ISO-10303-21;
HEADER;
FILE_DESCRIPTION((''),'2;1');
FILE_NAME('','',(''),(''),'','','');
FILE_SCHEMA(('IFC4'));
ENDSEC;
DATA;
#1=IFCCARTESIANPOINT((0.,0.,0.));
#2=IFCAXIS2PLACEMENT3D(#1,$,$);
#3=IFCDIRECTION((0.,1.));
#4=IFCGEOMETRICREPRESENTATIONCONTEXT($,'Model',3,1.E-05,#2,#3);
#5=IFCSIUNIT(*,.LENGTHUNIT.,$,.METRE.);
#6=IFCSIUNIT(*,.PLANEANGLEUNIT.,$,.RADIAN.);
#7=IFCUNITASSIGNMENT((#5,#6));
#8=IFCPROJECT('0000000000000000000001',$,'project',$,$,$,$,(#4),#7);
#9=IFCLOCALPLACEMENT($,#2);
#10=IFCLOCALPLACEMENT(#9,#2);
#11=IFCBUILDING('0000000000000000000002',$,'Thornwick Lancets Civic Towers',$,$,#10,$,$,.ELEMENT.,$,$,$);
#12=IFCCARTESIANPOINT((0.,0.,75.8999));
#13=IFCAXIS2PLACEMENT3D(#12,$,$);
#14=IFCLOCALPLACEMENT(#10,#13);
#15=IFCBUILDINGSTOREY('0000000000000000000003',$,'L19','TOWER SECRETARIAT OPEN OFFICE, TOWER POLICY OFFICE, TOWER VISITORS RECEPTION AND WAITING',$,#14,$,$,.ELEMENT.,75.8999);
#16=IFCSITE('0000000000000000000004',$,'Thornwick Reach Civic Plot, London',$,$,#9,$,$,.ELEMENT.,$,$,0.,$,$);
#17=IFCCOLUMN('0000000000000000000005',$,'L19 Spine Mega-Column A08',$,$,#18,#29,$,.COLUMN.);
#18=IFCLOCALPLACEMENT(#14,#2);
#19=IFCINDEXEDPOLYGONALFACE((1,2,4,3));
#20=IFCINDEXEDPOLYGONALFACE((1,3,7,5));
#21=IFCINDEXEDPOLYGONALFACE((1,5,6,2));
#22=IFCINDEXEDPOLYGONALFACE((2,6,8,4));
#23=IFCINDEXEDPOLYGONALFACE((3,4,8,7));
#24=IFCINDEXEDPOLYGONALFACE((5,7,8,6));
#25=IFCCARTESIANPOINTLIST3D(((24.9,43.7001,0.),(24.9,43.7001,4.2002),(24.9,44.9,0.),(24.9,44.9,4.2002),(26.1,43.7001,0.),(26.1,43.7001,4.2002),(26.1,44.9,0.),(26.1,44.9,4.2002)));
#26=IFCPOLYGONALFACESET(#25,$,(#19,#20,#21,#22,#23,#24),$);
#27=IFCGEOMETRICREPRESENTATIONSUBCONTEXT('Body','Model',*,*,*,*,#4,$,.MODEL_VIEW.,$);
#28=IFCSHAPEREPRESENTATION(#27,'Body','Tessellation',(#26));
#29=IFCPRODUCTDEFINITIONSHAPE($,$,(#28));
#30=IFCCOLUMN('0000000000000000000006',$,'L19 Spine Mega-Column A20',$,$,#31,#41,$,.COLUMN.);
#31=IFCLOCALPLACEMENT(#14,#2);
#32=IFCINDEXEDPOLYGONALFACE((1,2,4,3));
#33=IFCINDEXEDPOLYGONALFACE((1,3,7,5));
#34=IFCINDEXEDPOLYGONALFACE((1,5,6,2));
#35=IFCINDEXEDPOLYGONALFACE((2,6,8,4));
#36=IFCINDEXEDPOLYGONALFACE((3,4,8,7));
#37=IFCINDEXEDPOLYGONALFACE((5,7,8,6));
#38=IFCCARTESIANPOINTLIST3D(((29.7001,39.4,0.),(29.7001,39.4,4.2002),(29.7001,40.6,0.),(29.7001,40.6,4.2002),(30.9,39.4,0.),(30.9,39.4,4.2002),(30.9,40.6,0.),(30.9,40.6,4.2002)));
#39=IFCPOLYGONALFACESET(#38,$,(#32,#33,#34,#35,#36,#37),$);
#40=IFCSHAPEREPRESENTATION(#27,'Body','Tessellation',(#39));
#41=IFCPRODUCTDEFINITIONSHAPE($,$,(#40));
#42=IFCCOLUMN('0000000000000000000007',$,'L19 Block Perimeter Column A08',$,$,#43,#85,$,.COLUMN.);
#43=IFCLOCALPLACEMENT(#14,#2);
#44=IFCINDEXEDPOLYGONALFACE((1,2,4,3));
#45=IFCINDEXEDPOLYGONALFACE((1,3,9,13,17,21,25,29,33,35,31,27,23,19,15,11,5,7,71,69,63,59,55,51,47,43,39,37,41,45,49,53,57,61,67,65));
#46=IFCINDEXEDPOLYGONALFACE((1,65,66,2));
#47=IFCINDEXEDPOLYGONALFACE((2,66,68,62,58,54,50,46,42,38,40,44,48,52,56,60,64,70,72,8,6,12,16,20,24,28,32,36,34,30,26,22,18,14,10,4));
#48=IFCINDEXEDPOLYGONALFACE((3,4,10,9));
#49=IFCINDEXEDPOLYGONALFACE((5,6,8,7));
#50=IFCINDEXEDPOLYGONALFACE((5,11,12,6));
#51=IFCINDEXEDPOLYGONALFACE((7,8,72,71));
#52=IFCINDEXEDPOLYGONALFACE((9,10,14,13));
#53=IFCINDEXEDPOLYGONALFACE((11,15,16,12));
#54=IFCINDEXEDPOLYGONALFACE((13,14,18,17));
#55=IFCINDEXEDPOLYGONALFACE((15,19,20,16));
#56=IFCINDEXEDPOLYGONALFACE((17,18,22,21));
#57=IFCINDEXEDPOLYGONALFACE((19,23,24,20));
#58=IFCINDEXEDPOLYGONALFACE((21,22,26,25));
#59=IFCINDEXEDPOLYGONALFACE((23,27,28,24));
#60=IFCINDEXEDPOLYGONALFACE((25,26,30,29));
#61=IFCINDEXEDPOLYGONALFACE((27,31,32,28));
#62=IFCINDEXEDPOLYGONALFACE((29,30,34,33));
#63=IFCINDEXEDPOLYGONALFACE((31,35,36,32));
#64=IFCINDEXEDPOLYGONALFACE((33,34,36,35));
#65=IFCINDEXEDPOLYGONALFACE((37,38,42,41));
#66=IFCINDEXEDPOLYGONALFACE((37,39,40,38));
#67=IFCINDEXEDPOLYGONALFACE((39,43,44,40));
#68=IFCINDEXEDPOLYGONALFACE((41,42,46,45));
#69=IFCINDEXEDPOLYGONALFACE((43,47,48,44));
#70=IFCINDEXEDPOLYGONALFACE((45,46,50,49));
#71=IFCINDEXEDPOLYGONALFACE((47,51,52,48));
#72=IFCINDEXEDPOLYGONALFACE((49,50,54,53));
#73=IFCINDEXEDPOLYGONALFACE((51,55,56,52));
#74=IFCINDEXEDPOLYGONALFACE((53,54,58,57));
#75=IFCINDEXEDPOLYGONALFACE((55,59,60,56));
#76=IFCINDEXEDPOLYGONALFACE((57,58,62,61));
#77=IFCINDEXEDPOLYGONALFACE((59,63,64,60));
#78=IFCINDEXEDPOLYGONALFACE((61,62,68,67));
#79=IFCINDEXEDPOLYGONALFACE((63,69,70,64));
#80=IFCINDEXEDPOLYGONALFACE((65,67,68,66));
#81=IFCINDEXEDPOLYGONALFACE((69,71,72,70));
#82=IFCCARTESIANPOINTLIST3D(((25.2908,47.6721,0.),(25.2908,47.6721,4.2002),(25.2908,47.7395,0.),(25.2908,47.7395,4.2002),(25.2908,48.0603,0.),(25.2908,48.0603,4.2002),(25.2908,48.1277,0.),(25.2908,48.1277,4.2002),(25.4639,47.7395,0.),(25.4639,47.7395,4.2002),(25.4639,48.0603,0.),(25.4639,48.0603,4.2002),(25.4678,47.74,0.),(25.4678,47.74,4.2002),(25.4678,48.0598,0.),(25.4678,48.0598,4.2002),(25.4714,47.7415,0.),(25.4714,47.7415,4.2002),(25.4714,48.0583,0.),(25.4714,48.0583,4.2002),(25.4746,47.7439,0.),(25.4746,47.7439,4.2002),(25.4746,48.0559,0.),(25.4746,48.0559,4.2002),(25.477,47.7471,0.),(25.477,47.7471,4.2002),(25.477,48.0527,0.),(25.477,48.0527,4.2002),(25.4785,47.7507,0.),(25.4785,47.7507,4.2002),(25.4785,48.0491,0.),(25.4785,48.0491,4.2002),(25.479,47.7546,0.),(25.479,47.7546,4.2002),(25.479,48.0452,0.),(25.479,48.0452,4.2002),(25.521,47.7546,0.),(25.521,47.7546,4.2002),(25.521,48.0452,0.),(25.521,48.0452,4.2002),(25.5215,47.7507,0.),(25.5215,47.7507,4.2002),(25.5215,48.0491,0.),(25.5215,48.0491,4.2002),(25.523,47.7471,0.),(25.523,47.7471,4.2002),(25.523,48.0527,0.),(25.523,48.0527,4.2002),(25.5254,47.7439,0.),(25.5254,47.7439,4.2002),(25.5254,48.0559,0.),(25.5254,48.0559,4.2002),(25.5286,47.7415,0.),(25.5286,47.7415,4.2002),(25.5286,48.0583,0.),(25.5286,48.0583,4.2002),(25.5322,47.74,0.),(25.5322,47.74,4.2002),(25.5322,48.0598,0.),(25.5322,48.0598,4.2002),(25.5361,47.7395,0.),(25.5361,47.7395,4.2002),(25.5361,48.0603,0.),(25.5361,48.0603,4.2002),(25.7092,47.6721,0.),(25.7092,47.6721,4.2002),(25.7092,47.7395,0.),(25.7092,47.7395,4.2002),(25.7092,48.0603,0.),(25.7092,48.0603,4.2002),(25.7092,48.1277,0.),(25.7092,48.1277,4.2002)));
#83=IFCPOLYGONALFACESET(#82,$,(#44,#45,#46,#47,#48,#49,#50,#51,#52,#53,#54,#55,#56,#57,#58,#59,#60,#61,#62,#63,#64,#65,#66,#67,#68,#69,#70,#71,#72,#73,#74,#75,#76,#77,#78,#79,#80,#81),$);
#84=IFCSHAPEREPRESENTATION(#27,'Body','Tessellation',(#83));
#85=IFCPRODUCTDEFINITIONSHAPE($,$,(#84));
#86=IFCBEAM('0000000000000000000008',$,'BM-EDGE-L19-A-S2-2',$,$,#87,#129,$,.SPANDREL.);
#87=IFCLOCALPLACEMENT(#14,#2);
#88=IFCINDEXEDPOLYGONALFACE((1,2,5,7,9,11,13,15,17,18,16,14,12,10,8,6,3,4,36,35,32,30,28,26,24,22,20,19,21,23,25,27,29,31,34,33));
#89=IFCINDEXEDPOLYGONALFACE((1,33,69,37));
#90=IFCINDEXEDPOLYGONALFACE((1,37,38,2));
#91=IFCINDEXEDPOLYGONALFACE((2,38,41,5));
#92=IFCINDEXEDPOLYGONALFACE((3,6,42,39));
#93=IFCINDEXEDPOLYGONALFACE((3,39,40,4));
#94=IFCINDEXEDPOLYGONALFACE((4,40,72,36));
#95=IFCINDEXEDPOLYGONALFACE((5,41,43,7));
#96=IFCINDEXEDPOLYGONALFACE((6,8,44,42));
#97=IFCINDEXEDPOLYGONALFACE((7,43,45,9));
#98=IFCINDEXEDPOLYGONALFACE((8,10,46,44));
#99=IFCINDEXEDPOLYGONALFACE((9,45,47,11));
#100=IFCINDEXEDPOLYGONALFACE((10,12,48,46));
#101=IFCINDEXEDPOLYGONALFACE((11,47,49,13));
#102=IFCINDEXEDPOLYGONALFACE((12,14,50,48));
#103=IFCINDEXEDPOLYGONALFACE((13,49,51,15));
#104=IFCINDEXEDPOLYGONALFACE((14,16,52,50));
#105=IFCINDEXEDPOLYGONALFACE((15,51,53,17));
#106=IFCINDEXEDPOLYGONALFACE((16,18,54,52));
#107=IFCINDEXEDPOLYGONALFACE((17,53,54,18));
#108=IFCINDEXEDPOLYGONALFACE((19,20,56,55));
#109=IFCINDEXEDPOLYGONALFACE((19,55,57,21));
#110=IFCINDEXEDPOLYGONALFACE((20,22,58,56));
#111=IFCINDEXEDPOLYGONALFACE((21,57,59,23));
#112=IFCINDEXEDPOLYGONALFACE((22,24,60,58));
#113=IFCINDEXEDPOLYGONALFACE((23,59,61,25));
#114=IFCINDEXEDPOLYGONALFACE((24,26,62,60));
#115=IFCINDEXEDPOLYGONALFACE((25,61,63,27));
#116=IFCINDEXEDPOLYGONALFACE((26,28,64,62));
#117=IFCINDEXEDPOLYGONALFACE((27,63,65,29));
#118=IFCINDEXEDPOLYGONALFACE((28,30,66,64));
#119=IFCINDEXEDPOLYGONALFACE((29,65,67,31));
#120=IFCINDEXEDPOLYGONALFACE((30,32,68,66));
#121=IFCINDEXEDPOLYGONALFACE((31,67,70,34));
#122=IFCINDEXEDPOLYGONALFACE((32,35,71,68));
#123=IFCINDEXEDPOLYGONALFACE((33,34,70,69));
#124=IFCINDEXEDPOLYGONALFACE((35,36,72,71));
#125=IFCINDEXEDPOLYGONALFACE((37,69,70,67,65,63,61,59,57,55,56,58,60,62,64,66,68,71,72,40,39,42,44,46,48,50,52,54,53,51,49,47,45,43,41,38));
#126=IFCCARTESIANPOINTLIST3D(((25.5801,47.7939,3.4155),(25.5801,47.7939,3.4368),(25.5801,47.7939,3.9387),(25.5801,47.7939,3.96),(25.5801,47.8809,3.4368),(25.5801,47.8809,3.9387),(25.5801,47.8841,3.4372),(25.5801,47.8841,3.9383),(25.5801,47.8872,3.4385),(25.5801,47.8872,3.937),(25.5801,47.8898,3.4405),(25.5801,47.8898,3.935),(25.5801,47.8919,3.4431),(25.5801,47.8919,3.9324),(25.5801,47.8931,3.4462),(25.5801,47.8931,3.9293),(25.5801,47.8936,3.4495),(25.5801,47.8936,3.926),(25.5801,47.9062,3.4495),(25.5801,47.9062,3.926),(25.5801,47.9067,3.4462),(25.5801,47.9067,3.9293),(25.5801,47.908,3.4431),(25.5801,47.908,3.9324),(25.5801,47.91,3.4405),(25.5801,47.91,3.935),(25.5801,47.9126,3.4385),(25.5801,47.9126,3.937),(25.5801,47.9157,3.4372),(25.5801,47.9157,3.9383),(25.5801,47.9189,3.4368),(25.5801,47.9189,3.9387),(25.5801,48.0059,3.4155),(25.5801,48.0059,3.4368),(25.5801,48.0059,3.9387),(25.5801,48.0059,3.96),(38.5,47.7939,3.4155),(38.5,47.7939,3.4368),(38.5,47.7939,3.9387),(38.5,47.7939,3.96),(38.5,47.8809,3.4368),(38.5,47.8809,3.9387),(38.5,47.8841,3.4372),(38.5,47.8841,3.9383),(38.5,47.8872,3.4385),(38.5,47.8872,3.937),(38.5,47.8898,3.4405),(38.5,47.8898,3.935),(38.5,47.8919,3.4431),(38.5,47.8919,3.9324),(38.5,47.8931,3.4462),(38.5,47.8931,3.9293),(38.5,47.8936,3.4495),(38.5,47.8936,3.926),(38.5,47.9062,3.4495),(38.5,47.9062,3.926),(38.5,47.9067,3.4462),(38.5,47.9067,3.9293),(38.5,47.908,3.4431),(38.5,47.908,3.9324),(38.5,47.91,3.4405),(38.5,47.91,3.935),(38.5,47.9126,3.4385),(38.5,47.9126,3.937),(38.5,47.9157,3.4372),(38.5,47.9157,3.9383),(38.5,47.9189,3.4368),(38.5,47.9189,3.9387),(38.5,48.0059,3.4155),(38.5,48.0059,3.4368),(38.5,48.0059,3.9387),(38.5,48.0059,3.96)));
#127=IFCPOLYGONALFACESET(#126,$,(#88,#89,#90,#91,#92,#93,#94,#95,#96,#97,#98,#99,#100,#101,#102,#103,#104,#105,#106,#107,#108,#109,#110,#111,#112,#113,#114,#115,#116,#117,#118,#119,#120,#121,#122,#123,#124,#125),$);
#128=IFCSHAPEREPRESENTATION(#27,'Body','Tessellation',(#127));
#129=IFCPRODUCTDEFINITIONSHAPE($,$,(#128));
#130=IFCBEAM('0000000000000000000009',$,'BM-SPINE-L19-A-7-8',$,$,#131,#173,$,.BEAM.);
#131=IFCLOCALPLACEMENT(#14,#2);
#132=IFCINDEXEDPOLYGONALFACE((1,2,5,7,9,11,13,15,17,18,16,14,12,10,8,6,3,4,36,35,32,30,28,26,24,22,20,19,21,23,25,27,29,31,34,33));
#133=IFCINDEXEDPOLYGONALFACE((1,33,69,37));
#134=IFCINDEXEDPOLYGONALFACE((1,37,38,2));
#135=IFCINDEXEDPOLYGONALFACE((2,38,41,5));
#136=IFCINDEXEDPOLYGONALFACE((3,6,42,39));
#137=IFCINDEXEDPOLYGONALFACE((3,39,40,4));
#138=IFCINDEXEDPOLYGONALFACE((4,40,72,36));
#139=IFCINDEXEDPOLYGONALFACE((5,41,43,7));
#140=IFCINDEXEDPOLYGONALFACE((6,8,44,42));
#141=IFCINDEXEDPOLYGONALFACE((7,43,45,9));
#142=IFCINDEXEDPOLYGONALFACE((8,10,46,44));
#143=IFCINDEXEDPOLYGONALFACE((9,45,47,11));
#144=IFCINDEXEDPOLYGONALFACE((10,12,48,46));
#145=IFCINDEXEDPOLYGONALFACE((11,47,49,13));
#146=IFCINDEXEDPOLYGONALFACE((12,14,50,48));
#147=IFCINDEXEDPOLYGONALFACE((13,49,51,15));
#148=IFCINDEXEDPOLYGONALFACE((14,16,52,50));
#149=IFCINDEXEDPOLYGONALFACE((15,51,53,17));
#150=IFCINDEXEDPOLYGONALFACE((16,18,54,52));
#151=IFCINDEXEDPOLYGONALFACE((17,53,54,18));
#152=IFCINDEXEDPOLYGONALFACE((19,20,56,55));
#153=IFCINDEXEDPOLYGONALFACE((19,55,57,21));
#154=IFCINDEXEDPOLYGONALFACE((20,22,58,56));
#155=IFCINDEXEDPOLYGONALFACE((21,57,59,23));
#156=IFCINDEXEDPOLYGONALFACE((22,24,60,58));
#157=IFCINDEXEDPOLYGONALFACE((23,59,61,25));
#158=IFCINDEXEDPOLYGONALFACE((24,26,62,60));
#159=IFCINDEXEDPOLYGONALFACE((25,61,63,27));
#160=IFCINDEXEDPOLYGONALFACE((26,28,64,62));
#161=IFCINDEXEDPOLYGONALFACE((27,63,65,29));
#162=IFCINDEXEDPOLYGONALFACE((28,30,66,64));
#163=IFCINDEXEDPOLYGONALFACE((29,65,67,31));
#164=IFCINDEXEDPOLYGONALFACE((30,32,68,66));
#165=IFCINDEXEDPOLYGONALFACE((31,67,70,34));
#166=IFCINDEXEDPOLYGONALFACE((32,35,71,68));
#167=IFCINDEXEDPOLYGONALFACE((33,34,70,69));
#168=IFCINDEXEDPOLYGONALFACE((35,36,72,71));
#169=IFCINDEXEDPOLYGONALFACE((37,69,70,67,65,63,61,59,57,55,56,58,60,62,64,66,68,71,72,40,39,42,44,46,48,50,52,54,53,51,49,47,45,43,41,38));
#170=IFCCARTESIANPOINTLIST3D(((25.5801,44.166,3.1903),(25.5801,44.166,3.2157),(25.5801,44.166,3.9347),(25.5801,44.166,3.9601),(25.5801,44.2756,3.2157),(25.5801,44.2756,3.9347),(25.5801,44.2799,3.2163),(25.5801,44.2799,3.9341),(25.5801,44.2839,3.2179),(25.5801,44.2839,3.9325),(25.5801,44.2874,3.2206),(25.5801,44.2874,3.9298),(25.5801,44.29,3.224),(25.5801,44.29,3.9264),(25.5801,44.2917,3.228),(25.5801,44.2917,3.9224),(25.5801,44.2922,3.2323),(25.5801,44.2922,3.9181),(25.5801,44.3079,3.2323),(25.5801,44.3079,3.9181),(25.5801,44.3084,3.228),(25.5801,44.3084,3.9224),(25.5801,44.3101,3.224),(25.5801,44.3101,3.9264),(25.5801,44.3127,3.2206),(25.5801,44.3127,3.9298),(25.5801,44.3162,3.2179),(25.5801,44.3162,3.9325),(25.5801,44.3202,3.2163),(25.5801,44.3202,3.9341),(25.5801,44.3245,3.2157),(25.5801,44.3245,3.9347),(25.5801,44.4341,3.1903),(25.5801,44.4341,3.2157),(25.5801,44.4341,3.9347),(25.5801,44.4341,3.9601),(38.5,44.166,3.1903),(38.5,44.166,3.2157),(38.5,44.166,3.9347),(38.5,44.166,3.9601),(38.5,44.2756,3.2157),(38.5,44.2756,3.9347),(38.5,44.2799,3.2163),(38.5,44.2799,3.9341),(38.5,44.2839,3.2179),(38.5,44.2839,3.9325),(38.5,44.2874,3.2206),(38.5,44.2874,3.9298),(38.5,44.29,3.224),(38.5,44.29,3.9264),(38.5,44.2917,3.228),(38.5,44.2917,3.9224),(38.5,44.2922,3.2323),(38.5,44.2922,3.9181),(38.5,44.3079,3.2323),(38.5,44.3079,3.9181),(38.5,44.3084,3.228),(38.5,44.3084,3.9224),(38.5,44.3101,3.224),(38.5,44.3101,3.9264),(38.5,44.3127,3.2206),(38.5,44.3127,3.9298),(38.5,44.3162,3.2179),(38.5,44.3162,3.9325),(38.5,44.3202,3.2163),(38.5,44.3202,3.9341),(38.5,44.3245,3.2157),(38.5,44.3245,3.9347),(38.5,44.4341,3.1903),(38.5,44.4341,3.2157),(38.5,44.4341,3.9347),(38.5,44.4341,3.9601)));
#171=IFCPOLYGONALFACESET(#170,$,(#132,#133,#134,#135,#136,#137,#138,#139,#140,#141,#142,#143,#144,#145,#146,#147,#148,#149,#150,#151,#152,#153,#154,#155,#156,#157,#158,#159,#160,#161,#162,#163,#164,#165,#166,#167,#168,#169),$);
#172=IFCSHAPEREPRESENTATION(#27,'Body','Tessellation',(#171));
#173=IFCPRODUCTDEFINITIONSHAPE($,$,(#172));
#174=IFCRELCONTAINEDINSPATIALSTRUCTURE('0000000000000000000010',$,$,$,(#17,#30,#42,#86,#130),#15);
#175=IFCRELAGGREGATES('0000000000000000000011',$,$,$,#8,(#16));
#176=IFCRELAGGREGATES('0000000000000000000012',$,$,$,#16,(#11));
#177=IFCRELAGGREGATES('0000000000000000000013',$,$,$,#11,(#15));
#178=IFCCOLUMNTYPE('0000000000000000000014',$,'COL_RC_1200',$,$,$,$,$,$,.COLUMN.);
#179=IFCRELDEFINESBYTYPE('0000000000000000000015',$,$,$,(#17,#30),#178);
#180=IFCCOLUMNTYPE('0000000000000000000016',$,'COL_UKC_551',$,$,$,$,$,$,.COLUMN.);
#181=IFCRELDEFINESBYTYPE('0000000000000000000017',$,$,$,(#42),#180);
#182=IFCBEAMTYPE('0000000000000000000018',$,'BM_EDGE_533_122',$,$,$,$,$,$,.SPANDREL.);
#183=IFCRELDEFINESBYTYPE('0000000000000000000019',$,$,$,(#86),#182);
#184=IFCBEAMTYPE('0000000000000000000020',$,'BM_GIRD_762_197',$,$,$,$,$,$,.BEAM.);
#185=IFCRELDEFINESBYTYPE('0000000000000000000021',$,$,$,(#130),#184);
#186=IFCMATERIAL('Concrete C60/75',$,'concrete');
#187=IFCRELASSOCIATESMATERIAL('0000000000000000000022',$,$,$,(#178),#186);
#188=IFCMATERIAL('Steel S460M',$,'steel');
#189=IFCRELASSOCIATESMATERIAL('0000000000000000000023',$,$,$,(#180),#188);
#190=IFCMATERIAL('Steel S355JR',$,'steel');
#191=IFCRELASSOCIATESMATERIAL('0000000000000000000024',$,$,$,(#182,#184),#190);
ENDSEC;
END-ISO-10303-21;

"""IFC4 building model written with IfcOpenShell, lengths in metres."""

from ifc_helpers import new_model, si_unit, direction, frame, origin, origin_2d, place, context, subcontext, project, spatial, rectangle, i_section, extrude, material, material_profile, profile_set, type_object, element, save


model = new_model("IFC4")

# Units and contexts
model_context = context("Model", 3, precision=1e-05, world=origin(), true_north=direction((0.0, 1.0)))
body_context = subcontext(model_context, "Body", "Model", "MODEL_VIEW")
ifc_project = project(units=[si_unit("LENGTHUNIT", "METRE"), si_unit("PLANEANGLEUNIT", "RADIAN")], contexts=[model_context])

# Site, building, storey
site_placement = place(None, origin())
site = spatial("IfcSite", under=ifc_project, at=site_placement, Name="Thornwick Reach Civic Plot, London", CompositionType="ELEMENT", RefElevation=0.0)
building_placement = place(site_placement, origin())
building = spatial("IfcBuilding", under=site, at=building_placement, Name="Thornwick Lancets Civic Towers", CompositionType="ELEMENT")
storey_placement = place(building_placement, frame((0.0, 0.0, 75.8999)))
storey = spatial("IfcBuildingStorey", under=building, at=storey_placement, Name="L19", Description="TOWER SECRETARIAT OPEN OFFICE, TOWER POLICY OFFICE, TOWER VISITORS RECEPTION AND WAITING", CompositionType="ELEMENT", Elevation=75.8999)

# Columns
ifc_material_1 = material(Name="Concrete C60/75", Category="concrete")
ifc_material_profile_1 = material_profile(ifc_material_1, rectangle(XDim=1.2, YDim=1.2, at=origin_2d()), Name="RC 1200x1200")
ifc_profile_set_1 = profile_set([ifc_material_profile_1], Name="Concrete C60/75")
column_type_1 = type_object("IfcColumnType", Name="COL_RC_1200", PredefinedType="COLUMN", material=ifc_profile_set_1)
for number, where, z_axis, x_axis, name in (
    (1, (25.5, 44.3, 0.0), (0.0, 0.0, 1.0), (1.0, 0.0, 0.0), "L19 Spine Mega-Column A08"),
    (2, (30.3, 40.0, 0.0), (0.0, 0.0, 1.0), (1.0, 0.0, 0.0), "L19 Spine Mega-Column A20"),
):
    element("IfcColumn", number, at=place(storey_placement, frame(where, z_axis=z_axis, x_axis=x_axis)), inside=storey, type_object=column_type_1, Name=name, PredefinedType="COLUMN", context=body_context, shape_type="SweptSolid", body=[
        extrude(rectangle(XDim=1.2, YDim=1.2, at=origin_2d()), origin(), (0.0, 0.0, 1.0), 4.2002),
    ])
ifc_material_2 = material(Name="Steel S460M", Category="steel")
ifc_material_profile_2 = material_profile(ifc_material_2, i_section(OverallWidth=0.4185, OverallDepth=0.4556, WebThickness=0.042, FlangeThickness=0.0674, FilletRadius=0.0151, at=origin_2d()), Name="UKC 356x406x551")
ifc_profile_set_2 = profile_set([ifc_material_profile_2], Name="Steel S460M")
column_type_2 = type_object("IfcColumnType", Name="COL_UKC_551", PredefinedType="COLUMN", material=ifc_profile_set_2)
column_placement = place(storey_placement, frame((25.5, 47.8999, 0.0), z_axis=(0.0, 0.0, 1.0), x_axis=(1.0, 0.0, 0.0)))
element("IfcColumn", 3, at=column_placement, inside=storey, type_object=column_type_2, Name="L19 Block Perimeter Column A08", PredefinedType="COLUMN", context=body_context, shape_type="SweptSolid", body=[
    extrude(i_section(OverallWidth=0.4185, OverallDepth=0.4556, WebThickness=0.042, FlangeThickness=0.0674, FilletRadius=0.0151, at=origin_2d()), origin(), (0.0, 0.0, 1.0), 4.2002),
])

# Beams
ifc_material_3 = material(Name="Steel S355JR", Category="steel")
ifc_material_profile_3 = material_profile(ifc_material_3, i_section(OverallWidth=0.2119, OverallDepth=0.5444, WebThickness=0.0127, FlangeThickness=0.0212, FilletRadius=0.0127, at=origin_2d()), Name="UKB 533x210x122")
ifc_profile_set_3 = profile_set([ifc_material_profile_3], Name="Steel S355JR")
beam_type_1 = type_object("IfcBeamType", Name="BM_EDGE_533_122", PredefinedType="SPANDREL", material=ifc_profile_set_3)
beam_1_placement = place(storey_placement, frame((25.5801, 47.8999, 3.6877), z_axis=(1.0, 0.0, 0.0), x_axis=(0.0, 1.0, 0.0)))
element("IfcBeam", 4, at=beam_1_placement, inside=storey, type_object=beam_type_1, Name="BM-EDGE-L19-A-S2-2", PredefinedType="SPANDREL", context=body_context, shape_type="SweptSolid", body=[
    extrude(i_section(OverallWidth=0.2119, OverallDepth=0.5444, WebThickness=0.0127, FlangeThickness=0.0212, FilletRadius=0.0127, at=origin_2d()), origin(), (0.0, 0.0, 1.0), 12.9199),
])
ifc_material_profile_4 = material_profile(ifc_material_3, i_section(OverallWidth=0.2681, OverallDepth=0.7698, WebThickness=0.0156, FlangeThickness=0.0254, FilletRadius=0.0166, at=origin_2d()), Name="UKB 762x267x197")
ifc_profile_set_4 = profile_set([ifc_material_profile_4], Name="Steel S355JR")
beam_type_2 = type_object("IfcBeamType", Name="BM_GIRD_762_197", PredefinedType="BEAM", material=ifc_profile_set_4)
beam_2_placement = place(storey_placement, frame((25.5801, 44.3, 3.5752), z_axis=(1.0, 0.0, 0.0), x_axis=(0.0, 1.0, 0.0)))
element("IfcBeam", 5, at=beam_2_placement, inside=storey, type_object=beam_type_2, Name="BM-SPINE-L19-A-7-8", PredefinedType="BEAM", context=body_context, shape_type="SweptSolid", body=[
    extrude(i_section(OverallWidth=0.2681, OverallDepth=0.7698, WebThickness=0.0156, FlangeThickness=0.0254, FilletRadius=0.0166, at=origin_2d()), origin(), (0.0, 0.0, 1.0), 12.9199),
])

save(model, "model.ifc")
